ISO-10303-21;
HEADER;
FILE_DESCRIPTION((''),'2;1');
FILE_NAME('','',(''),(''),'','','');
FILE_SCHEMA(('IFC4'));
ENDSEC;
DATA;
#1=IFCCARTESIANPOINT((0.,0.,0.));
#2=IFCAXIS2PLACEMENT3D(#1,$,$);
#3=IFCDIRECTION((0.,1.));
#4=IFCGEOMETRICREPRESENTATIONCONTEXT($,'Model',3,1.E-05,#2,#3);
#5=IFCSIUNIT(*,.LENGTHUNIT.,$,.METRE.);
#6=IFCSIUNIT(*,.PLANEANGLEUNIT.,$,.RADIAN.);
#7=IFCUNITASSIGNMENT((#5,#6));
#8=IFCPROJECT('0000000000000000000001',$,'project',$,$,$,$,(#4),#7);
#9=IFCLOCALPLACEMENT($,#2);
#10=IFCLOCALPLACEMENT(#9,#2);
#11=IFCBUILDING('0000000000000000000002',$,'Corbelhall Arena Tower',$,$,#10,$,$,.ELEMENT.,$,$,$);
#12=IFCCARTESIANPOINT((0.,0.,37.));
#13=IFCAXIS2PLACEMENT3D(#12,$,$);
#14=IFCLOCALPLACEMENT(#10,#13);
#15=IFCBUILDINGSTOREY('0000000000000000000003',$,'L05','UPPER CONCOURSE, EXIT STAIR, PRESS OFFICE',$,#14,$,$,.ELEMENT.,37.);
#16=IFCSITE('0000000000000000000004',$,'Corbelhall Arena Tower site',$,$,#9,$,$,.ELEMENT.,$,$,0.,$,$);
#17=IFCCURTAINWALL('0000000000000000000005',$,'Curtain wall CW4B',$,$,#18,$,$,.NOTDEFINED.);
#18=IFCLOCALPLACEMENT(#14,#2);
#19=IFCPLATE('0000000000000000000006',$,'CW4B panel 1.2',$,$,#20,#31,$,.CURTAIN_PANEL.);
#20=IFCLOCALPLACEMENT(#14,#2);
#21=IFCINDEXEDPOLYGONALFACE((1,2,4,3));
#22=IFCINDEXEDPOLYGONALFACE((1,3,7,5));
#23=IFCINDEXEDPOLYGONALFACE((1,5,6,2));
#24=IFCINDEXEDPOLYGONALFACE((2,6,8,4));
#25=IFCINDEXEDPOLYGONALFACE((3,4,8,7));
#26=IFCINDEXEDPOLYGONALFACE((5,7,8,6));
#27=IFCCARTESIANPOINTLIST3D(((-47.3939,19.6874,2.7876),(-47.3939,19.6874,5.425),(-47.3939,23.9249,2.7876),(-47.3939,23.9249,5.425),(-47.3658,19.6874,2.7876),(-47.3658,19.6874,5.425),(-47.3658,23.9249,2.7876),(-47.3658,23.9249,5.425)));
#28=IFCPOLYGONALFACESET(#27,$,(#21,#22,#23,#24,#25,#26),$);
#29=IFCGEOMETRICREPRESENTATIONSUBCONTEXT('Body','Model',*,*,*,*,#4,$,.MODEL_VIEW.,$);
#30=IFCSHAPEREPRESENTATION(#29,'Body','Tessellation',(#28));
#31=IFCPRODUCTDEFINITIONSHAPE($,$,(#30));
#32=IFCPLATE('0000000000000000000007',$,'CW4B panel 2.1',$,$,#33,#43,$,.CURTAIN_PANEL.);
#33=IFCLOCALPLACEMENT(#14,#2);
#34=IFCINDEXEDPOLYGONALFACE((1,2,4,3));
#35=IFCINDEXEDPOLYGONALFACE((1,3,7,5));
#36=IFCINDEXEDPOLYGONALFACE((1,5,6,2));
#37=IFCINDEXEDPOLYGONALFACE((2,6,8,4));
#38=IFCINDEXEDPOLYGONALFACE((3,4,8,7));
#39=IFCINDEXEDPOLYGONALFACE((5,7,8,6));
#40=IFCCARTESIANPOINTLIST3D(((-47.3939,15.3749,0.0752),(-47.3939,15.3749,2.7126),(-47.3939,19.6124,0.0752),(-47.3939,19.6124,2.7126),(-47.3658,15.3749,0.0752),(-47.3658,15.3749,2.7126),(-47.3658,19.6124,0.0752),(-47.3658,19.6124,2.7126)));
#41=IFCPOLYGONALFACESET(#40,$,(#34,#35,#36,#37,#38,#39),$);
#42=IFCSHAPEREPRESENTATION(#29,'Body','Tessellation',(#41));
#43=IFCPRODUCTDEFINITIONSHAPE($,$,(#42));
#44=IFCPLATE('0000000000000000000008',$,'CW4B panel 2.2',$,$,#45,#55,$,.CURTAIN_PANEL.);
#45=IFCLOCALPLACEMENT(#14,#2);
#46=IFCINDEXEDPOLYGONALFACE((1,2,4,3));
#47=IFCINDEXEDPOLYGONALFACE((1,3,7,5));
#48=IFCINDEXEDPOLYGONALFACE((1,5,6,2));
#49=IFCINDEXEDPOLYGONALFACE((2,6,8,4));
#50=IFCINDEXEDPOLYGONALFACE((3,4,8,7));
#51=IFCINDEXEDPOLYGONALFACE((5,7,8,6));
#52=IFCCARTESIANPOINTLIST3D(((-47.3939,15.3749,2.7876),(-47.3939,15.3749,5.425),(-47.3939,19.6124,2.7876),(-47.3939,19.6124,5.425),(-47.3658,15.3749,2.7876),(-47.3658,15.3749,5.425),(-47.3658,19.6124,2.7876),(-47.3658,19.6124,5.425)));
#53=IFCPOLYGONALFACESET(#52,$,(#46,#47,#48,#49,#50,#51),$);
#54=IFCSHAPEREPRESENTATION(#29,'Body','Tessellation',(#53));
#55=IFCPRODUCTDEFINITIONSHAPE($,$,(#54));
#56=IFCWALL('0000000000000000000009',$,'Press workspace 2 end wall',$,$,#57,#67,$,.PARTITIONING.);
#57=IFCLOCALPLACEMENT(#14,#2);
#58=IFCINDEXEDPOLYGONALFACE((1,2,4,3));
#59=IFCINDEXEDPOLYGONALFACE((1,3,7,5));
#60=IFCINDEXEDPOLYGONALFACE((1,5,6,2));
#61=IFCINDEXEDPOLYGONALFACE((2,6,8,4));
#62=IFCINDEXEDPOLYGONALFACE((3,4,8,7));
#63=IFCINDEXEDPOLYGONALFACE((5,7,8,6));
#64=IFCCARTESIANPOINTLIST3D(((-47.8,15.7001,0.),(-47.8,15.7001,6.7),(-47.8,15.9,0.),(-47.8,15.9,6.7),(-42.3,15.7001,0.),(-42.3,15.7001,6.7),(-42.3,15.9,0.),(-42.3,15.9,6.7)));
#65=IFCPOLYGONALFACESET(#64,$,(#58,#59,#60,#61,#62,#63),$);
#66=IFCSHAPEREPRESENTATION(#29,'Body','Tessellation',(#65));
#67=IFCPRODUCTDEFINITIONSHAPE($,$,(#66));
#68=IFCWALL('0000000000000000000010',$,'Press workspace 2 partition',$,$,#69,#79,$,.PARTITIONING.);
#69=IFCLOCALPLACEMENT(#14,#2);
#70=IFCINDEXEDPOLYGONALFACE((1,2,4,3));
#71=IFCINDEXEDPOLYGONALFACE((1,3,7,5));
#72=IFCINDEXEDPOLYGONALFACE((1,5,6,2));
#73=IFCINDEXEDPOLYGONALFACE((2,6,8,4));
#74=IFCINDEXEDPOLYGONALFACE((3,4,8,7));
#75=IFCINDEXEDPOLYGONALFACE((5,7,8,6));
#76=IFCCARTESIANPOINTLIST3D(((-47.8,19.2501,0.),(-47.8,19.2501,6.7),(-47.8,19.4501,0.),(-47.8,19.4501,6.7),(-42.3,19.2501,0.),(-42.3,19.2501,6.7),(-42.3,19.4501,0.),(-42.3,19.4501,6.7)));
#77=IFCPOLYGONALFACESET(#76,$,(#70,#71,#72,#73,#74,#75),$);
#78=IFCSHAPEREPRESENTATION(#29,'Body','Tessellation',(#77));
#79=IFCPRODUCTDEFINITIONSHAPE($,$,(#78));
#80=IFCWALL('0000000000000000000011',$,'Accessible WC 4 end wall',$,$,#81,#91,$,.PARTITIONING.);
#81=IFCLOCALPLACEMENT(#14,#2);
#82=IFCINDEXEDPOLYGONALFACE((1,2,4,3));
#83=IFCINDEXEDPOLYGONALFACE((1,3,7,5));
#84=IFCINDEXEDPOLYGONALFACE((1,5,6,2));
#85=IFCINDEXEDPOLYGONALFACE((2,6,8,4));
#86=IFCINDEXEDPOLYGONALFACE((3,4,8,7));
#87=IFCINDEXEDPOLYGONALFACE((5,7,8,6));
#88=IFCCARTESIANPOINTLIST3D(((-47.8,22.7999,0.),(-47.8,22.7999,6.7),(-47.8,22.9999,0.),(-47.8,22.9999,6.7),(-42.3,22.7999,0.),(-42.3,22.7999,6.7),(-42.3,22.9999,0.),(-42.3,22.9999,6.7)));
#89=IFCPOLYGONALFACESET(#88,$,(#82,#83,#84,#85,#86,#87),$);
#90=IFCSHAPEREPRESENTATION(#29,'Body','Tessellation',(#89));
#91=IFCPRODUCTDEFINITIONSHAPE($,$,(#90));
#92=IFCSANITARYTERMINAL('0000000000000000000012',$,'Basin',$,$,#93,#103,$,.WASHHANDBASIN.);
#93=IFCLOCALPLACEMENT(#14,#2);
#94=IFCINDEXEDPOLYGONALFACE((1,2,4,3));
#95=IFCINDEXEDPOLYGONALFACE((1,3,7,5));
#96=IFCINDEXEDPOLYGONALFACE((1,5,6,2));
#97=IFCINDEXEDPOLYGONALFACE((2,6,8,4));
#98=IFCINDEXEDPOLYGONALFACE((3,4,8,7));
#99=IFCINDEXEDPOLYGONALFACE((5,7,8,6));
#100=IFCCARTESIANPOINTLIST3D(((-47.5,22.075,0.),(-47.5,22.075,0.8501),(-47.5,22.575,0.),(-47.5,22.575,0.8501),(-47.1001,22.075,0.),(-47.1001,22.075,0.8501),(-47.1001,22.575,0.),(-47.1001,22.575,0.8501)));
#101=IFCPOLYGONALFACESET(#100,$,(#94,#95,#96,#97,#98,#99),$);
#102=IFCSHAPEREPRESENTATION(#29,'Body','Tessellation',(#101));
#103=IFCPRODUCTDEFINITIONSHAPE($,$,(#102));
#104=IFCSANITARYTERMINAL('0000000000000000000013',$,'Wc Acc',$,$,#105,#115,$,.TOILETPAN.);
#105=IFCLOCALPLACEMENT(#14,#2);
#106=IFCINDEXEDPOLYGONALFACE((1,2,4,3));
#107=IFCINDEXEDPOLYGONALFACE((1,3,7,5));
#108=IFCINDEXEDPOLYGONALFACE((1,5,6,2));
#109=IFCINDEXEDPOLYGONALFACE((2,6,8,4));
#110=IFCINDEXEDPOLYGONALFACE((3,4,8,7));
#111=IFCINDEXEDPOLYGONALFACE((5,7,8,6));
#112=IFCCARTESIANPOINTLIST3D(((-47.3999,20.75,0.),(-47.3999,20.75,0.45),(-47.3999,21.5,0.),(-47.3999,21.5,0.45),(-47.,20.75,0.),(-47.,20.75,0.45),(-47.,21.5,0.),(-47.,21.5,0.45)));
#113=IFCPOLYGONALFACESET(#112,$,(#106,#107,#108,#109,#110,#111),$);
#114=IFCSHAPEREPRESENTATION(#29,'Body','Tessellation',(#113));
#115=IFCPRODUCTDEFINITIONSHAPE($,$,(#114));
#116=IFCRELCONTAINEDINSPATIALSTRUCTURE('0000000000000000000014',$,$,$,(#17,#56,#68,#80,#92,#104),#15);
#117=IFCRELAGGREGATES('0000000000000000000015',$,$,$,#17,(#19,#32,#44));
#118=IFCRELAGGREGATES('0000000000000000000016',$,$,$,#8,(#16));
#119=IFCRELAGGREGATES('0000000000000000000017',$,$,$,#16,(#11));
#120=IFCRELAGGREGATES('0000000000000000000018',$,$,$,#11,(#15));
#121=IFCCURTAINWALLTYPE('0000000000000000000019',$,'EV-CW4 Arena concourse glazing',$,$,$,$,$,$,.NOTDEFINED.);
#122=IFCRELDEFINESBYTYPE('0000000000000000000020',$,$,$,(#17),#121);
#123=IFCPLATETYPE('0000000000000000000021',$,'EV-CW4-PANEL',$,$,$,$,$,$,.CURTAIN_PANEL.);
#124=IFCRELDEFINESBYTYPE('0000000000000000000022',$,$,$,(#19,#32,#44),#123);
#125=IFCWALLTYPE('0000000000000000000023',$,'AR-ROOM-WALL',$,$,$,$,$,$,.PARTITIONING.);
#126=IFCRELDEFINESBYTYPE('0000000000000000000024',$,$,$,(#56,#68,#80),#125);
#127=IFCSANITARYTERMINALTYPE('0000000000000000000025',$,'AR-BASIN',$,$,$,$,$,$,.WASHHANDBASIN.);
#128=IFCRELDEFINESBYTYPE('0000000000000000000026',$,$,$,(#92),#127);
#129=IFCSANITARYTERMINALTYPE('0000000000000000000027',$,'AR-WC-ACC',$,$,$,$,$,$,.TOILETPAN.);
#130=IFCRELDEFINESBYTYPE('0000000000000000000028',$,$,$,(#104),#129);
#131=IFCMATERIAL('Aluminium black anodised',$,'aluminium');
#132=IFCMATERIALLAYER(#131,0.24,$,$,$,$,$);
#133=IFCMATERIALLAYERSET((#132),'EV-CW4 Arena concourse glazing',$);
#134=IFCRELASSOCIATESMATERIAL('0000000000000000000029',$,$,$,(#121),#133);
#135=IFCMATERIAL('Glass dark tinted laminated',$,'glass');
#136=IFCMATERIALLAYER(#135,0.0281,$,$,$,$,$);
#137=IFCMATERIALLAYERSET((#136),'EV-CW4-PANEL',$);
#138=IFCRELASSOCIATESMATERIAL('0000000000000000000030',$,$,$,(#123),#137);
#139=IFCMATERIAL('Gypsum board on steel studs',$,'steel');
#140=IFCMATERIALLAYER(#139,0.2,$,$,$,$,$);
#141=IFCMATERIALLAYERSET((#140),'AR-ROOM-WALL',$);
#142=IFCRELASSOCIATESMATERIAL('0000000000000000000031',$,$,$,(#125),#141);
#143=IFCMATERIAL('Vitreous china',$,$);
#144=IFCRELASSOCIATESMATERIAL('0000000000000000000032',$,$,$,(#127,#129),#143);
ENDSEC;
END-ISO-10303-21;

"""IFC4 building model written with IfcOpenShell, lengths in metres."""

from ifc_helpers import new_model, si_unit, direction, frame, frame_2d, origin, origin_2d, place, context, subcontext, project, spatial, rectangle, extrude, material, layer, layer_set, type_object, element, aggregate, save


model = new_model("IFC4")

# Units and contexts
model_context = context("Model", 3, precision=1e-05, world=origin(), true_north=direction((0.0, 1.0)))
body_context = subcontext(model_context, "Body", "Model", "MODEL_VIEW")
ifc_project = project(units=[si_unit("LENGTHUNIT", "METRE"), si_unit("PLANEANGLEUNIT", "RADIAN")], contexts=[model_context])

# Site, building, storey
site_placement = place(None, origin())
site = spatial("IfcSite", under=ifc_project, at=site_placement, Name="Corbelhall Arena Tower site", CompositionType="ELEMENT", RefElevation=0.0)
building_placement = place(site_placement, origin())
building = spatial("IfcBuilding", under=site, at=building_placement, Name="Corbelhall Arena Tower", CompositionType="ELEMENT")
storey_placement = place(building_placement, frame((0.0, 0.0, 37.0)))
storey = spatial("IfcBuildingStorey", under=building, at=storey_placement, Name="L05", Description="UPPER CONCOURSE, EXIT STAIR, PRESS OFFICE", CompositionType="ELEMENT", Elevation=37.0)

# Curtain wall
ifc_material_1 = material(Name="Aluminium black anodised", Category="aluminium")
ifc_layer_1 = layer(ifc_material_1, 0.24)
ifc_layer_set_1 = layer_set([ifc_layer_1], Name="EV-CW4 Arena concourse glazing")
curtain_wall_type = type_object("IfcCurtainWallType", Name="EV-CW4 Arena concourse glazing", PredefinedType="NOTDEFINED", material=ifc_layer_set_1)
curtain_wall_placement = place(storey_placement, origin())
curtain_wall = element("IfcCurtainWall", 1, at=curtain_wall_placement, inside=storey, type_object=curtain_wall_type, Name="Curtain wall CW4B", PredefinedType="NOTDEFINED")

# Plates
ifc_material_2 = material(Name="Glass dark tinted laminated", Category="glass")
ifc_layer_2 = layer(ifc_material_2, 0.0281)
ifc_layer_set_2 = layer_set([ifc_layer_2], Name="EV-CW4-PANEL")
plate_type = type_object("IfcPlateType", Name="EV-CW4-PANEL", PredefinedType="CURTAIN_PANEL", material=ifc_layer_set_2)
plate_1_placement = place(storey_placement, frame((-47.3799, 21.8062, 2.7876), z_axis=(0.0, 0.0, 1.0), x_axis=(0.0, -1.0, 0.0)))
plate_1 = element("IfcPlate", 2, at=plate_1_placement, type_object=plate_type, Name="CW4B panel 1.2", PredefinedType="CURTAIN_PANEL", context=body_context, shape_type="SweptSolid", body=[
    extrude(rectangle(XDim=4.2375, YDim=0.0281, at=origin_2d()), origin(), (0.0, 0.0, 1.0), 2.6375),
])
plate_2_placement = place(storey_placement, frame((-47.3799, 17.4937, 0.0752), z_axis=(0.0, 0.0, 1.0), x_axis=(0.0, -1.0, 0.0)))
plate_2 = element("IfcPlate", 3, at=plate_2_placement, type_object=plate_type, Name="CW4B panel 2.1", PredefinedType="CURTAIN_PANEL", context=body_context, shape_type="SweptSolid", body=[
    extrude(rectangle(XDim=4.2375, YDim=0.0281, at=origin_2d()), origin(), (0.0, 0.0, 1.0), 2.6375),
])
plate_3_placement = place(storey_placement, frame((-47.3799, 17.4937, 2.7876), z_axis=(0.0, 0.0, 1.0), x_axis=(0.0, -1.0, 0.0)))
plate_3 = element("IfcPlate", 4, at=plate_3_placement, type_object=plate_type, Name="CW4B panel 2.2", PredefinedType="CURTAIN_PANEL", context=body_context, shape_type="SweptSolid", body=[
    extrude(rectangle(XDim=4.2375, YDim=0.0281, at=origin_2d()), origin(), (0.0, 0.0, 1.0), 2.6375),
])
aggregate(curtain_wall, [plate_1, plate_2, plate_3])

# Shared definitions
ifc_material_3 = material(Name="Gypsum board on steel studs", Category="steel")
ifc_layer_3 = layer(ifc_material_3, 0.2)
ifc_layer_set_3 = layer_set([ifc_layer_3], Name="AR-ROOM-WALL")
wall_type = type_object("IfcWallType", Name="AR-ROOM-WALL", PredefinedType="PARTITIONING", material=ifc_layer_set_3)

# Walls
for number, where, z_axis, x_axis, name in (
    (5, (-42.3, 15.8, 0.0), (0.0, 0.0, 1.0), (-1.0, 0.0, 0.0), "Press workspace 2 end wall"),
    (6, (-47.8, 19.3501, 0.0), (0.0, 0.0, 1.0), (1.0, 0.0, 0.0), "Press workspace 2 partition"),
):
    element("IfcWall", number, at=place(storey_placement, frame(where, z_axis=z_axis, x_axis=x_axis)), inside=storey, type_object=wall_type, Name=name, PredefinedType="PARTITIONING", context=body_context, shape_type="SweptSolid", body=[
        extrude(rectangle(XDim=5.5, YDim=0.2, at=frame_2d((2.75, 0.0))), origin(), (0.0, 0.0, 1.0), 6.7),
    ])

# Wall
wall_1_placement = place(storey_placement, frame((-42.3, 22.8999, 0.0), z_axis=(0.0, 0.0, 1.0), x_axis=(-1.0, 0.0, 0.0)))
element("IfcWall", 7, at=wall_1_placement, inside=storey, type_object=wall_type, Name="Accessible WC 4 end wall", PredefinedType="PARTITIONING", context=body_context, shape_type="SweptSolid", body=[
    extrude(rectangle(XDim=5.5, YDim=0.2, at=frame_2d((2.75, 0.0))), origin(), (0.0, 0.0, 1.0), 6.7),
])

# Sanitary terminals
ifc_material_4 = material(Name="Vitreous china")
sanitary_terminal_type_1 = type_object("IfcSanitaryTerminalType", Name="AR-BASIN", PredefinedType="WASHHANDBASIN", material=ifc_material_4)
sanitary_terminal_1_placement = place(storey_placement, frame((-47.3, 22.325, 0.0), z_axis=(0.0, 0.0, 1.0), x_axis=(1.0, 0.0, 0.0)))
element("IfcSanitaryTerminal", 8, at=sanitary_terminal_1_placement, inside=storey, type_object=sanitary_terminal_type_1, Name="Basin", PredefinedType="WASHHANDBASIN", context=body_context, shape_type="SweptSolid", body=[
    extrude(rectangle(XDim=0.3999, YDim=0.5, at=origin_2d()), origin(), (0.0, 0.0, 1.0), 0.8501),
])
sanitary_terminal_type_2 = type_object("IfcSanitaryTerminalType", Name="AR-WC-ACC", PredefinedType="TOILETPAN", material=ifc_material_4)
sanitary_terminal_2_placement = place(storey_placement, frame((-47.2, 21.125, 0.0), z_axis=(0.0, 0.0, 1.0), x_axis=(1.0, 0.0, 0.0)))
element("IfcSanitaryTerminal", 9, at=sanitary_terminal_2_placement, inside=storey, type_object=sanitary_terminal_type_2, Name="Wc Acc", PredefinedType="TOILETPAN", context=body_context, shape_type="SweptSolid", body=[
    extrude(rectangle(XDim=0.3999, YDim=0.75, at=origin_2d()), origin(), (0.0, 0.0, 1.0), 0.45),
])

save(model, "model.ifc")
